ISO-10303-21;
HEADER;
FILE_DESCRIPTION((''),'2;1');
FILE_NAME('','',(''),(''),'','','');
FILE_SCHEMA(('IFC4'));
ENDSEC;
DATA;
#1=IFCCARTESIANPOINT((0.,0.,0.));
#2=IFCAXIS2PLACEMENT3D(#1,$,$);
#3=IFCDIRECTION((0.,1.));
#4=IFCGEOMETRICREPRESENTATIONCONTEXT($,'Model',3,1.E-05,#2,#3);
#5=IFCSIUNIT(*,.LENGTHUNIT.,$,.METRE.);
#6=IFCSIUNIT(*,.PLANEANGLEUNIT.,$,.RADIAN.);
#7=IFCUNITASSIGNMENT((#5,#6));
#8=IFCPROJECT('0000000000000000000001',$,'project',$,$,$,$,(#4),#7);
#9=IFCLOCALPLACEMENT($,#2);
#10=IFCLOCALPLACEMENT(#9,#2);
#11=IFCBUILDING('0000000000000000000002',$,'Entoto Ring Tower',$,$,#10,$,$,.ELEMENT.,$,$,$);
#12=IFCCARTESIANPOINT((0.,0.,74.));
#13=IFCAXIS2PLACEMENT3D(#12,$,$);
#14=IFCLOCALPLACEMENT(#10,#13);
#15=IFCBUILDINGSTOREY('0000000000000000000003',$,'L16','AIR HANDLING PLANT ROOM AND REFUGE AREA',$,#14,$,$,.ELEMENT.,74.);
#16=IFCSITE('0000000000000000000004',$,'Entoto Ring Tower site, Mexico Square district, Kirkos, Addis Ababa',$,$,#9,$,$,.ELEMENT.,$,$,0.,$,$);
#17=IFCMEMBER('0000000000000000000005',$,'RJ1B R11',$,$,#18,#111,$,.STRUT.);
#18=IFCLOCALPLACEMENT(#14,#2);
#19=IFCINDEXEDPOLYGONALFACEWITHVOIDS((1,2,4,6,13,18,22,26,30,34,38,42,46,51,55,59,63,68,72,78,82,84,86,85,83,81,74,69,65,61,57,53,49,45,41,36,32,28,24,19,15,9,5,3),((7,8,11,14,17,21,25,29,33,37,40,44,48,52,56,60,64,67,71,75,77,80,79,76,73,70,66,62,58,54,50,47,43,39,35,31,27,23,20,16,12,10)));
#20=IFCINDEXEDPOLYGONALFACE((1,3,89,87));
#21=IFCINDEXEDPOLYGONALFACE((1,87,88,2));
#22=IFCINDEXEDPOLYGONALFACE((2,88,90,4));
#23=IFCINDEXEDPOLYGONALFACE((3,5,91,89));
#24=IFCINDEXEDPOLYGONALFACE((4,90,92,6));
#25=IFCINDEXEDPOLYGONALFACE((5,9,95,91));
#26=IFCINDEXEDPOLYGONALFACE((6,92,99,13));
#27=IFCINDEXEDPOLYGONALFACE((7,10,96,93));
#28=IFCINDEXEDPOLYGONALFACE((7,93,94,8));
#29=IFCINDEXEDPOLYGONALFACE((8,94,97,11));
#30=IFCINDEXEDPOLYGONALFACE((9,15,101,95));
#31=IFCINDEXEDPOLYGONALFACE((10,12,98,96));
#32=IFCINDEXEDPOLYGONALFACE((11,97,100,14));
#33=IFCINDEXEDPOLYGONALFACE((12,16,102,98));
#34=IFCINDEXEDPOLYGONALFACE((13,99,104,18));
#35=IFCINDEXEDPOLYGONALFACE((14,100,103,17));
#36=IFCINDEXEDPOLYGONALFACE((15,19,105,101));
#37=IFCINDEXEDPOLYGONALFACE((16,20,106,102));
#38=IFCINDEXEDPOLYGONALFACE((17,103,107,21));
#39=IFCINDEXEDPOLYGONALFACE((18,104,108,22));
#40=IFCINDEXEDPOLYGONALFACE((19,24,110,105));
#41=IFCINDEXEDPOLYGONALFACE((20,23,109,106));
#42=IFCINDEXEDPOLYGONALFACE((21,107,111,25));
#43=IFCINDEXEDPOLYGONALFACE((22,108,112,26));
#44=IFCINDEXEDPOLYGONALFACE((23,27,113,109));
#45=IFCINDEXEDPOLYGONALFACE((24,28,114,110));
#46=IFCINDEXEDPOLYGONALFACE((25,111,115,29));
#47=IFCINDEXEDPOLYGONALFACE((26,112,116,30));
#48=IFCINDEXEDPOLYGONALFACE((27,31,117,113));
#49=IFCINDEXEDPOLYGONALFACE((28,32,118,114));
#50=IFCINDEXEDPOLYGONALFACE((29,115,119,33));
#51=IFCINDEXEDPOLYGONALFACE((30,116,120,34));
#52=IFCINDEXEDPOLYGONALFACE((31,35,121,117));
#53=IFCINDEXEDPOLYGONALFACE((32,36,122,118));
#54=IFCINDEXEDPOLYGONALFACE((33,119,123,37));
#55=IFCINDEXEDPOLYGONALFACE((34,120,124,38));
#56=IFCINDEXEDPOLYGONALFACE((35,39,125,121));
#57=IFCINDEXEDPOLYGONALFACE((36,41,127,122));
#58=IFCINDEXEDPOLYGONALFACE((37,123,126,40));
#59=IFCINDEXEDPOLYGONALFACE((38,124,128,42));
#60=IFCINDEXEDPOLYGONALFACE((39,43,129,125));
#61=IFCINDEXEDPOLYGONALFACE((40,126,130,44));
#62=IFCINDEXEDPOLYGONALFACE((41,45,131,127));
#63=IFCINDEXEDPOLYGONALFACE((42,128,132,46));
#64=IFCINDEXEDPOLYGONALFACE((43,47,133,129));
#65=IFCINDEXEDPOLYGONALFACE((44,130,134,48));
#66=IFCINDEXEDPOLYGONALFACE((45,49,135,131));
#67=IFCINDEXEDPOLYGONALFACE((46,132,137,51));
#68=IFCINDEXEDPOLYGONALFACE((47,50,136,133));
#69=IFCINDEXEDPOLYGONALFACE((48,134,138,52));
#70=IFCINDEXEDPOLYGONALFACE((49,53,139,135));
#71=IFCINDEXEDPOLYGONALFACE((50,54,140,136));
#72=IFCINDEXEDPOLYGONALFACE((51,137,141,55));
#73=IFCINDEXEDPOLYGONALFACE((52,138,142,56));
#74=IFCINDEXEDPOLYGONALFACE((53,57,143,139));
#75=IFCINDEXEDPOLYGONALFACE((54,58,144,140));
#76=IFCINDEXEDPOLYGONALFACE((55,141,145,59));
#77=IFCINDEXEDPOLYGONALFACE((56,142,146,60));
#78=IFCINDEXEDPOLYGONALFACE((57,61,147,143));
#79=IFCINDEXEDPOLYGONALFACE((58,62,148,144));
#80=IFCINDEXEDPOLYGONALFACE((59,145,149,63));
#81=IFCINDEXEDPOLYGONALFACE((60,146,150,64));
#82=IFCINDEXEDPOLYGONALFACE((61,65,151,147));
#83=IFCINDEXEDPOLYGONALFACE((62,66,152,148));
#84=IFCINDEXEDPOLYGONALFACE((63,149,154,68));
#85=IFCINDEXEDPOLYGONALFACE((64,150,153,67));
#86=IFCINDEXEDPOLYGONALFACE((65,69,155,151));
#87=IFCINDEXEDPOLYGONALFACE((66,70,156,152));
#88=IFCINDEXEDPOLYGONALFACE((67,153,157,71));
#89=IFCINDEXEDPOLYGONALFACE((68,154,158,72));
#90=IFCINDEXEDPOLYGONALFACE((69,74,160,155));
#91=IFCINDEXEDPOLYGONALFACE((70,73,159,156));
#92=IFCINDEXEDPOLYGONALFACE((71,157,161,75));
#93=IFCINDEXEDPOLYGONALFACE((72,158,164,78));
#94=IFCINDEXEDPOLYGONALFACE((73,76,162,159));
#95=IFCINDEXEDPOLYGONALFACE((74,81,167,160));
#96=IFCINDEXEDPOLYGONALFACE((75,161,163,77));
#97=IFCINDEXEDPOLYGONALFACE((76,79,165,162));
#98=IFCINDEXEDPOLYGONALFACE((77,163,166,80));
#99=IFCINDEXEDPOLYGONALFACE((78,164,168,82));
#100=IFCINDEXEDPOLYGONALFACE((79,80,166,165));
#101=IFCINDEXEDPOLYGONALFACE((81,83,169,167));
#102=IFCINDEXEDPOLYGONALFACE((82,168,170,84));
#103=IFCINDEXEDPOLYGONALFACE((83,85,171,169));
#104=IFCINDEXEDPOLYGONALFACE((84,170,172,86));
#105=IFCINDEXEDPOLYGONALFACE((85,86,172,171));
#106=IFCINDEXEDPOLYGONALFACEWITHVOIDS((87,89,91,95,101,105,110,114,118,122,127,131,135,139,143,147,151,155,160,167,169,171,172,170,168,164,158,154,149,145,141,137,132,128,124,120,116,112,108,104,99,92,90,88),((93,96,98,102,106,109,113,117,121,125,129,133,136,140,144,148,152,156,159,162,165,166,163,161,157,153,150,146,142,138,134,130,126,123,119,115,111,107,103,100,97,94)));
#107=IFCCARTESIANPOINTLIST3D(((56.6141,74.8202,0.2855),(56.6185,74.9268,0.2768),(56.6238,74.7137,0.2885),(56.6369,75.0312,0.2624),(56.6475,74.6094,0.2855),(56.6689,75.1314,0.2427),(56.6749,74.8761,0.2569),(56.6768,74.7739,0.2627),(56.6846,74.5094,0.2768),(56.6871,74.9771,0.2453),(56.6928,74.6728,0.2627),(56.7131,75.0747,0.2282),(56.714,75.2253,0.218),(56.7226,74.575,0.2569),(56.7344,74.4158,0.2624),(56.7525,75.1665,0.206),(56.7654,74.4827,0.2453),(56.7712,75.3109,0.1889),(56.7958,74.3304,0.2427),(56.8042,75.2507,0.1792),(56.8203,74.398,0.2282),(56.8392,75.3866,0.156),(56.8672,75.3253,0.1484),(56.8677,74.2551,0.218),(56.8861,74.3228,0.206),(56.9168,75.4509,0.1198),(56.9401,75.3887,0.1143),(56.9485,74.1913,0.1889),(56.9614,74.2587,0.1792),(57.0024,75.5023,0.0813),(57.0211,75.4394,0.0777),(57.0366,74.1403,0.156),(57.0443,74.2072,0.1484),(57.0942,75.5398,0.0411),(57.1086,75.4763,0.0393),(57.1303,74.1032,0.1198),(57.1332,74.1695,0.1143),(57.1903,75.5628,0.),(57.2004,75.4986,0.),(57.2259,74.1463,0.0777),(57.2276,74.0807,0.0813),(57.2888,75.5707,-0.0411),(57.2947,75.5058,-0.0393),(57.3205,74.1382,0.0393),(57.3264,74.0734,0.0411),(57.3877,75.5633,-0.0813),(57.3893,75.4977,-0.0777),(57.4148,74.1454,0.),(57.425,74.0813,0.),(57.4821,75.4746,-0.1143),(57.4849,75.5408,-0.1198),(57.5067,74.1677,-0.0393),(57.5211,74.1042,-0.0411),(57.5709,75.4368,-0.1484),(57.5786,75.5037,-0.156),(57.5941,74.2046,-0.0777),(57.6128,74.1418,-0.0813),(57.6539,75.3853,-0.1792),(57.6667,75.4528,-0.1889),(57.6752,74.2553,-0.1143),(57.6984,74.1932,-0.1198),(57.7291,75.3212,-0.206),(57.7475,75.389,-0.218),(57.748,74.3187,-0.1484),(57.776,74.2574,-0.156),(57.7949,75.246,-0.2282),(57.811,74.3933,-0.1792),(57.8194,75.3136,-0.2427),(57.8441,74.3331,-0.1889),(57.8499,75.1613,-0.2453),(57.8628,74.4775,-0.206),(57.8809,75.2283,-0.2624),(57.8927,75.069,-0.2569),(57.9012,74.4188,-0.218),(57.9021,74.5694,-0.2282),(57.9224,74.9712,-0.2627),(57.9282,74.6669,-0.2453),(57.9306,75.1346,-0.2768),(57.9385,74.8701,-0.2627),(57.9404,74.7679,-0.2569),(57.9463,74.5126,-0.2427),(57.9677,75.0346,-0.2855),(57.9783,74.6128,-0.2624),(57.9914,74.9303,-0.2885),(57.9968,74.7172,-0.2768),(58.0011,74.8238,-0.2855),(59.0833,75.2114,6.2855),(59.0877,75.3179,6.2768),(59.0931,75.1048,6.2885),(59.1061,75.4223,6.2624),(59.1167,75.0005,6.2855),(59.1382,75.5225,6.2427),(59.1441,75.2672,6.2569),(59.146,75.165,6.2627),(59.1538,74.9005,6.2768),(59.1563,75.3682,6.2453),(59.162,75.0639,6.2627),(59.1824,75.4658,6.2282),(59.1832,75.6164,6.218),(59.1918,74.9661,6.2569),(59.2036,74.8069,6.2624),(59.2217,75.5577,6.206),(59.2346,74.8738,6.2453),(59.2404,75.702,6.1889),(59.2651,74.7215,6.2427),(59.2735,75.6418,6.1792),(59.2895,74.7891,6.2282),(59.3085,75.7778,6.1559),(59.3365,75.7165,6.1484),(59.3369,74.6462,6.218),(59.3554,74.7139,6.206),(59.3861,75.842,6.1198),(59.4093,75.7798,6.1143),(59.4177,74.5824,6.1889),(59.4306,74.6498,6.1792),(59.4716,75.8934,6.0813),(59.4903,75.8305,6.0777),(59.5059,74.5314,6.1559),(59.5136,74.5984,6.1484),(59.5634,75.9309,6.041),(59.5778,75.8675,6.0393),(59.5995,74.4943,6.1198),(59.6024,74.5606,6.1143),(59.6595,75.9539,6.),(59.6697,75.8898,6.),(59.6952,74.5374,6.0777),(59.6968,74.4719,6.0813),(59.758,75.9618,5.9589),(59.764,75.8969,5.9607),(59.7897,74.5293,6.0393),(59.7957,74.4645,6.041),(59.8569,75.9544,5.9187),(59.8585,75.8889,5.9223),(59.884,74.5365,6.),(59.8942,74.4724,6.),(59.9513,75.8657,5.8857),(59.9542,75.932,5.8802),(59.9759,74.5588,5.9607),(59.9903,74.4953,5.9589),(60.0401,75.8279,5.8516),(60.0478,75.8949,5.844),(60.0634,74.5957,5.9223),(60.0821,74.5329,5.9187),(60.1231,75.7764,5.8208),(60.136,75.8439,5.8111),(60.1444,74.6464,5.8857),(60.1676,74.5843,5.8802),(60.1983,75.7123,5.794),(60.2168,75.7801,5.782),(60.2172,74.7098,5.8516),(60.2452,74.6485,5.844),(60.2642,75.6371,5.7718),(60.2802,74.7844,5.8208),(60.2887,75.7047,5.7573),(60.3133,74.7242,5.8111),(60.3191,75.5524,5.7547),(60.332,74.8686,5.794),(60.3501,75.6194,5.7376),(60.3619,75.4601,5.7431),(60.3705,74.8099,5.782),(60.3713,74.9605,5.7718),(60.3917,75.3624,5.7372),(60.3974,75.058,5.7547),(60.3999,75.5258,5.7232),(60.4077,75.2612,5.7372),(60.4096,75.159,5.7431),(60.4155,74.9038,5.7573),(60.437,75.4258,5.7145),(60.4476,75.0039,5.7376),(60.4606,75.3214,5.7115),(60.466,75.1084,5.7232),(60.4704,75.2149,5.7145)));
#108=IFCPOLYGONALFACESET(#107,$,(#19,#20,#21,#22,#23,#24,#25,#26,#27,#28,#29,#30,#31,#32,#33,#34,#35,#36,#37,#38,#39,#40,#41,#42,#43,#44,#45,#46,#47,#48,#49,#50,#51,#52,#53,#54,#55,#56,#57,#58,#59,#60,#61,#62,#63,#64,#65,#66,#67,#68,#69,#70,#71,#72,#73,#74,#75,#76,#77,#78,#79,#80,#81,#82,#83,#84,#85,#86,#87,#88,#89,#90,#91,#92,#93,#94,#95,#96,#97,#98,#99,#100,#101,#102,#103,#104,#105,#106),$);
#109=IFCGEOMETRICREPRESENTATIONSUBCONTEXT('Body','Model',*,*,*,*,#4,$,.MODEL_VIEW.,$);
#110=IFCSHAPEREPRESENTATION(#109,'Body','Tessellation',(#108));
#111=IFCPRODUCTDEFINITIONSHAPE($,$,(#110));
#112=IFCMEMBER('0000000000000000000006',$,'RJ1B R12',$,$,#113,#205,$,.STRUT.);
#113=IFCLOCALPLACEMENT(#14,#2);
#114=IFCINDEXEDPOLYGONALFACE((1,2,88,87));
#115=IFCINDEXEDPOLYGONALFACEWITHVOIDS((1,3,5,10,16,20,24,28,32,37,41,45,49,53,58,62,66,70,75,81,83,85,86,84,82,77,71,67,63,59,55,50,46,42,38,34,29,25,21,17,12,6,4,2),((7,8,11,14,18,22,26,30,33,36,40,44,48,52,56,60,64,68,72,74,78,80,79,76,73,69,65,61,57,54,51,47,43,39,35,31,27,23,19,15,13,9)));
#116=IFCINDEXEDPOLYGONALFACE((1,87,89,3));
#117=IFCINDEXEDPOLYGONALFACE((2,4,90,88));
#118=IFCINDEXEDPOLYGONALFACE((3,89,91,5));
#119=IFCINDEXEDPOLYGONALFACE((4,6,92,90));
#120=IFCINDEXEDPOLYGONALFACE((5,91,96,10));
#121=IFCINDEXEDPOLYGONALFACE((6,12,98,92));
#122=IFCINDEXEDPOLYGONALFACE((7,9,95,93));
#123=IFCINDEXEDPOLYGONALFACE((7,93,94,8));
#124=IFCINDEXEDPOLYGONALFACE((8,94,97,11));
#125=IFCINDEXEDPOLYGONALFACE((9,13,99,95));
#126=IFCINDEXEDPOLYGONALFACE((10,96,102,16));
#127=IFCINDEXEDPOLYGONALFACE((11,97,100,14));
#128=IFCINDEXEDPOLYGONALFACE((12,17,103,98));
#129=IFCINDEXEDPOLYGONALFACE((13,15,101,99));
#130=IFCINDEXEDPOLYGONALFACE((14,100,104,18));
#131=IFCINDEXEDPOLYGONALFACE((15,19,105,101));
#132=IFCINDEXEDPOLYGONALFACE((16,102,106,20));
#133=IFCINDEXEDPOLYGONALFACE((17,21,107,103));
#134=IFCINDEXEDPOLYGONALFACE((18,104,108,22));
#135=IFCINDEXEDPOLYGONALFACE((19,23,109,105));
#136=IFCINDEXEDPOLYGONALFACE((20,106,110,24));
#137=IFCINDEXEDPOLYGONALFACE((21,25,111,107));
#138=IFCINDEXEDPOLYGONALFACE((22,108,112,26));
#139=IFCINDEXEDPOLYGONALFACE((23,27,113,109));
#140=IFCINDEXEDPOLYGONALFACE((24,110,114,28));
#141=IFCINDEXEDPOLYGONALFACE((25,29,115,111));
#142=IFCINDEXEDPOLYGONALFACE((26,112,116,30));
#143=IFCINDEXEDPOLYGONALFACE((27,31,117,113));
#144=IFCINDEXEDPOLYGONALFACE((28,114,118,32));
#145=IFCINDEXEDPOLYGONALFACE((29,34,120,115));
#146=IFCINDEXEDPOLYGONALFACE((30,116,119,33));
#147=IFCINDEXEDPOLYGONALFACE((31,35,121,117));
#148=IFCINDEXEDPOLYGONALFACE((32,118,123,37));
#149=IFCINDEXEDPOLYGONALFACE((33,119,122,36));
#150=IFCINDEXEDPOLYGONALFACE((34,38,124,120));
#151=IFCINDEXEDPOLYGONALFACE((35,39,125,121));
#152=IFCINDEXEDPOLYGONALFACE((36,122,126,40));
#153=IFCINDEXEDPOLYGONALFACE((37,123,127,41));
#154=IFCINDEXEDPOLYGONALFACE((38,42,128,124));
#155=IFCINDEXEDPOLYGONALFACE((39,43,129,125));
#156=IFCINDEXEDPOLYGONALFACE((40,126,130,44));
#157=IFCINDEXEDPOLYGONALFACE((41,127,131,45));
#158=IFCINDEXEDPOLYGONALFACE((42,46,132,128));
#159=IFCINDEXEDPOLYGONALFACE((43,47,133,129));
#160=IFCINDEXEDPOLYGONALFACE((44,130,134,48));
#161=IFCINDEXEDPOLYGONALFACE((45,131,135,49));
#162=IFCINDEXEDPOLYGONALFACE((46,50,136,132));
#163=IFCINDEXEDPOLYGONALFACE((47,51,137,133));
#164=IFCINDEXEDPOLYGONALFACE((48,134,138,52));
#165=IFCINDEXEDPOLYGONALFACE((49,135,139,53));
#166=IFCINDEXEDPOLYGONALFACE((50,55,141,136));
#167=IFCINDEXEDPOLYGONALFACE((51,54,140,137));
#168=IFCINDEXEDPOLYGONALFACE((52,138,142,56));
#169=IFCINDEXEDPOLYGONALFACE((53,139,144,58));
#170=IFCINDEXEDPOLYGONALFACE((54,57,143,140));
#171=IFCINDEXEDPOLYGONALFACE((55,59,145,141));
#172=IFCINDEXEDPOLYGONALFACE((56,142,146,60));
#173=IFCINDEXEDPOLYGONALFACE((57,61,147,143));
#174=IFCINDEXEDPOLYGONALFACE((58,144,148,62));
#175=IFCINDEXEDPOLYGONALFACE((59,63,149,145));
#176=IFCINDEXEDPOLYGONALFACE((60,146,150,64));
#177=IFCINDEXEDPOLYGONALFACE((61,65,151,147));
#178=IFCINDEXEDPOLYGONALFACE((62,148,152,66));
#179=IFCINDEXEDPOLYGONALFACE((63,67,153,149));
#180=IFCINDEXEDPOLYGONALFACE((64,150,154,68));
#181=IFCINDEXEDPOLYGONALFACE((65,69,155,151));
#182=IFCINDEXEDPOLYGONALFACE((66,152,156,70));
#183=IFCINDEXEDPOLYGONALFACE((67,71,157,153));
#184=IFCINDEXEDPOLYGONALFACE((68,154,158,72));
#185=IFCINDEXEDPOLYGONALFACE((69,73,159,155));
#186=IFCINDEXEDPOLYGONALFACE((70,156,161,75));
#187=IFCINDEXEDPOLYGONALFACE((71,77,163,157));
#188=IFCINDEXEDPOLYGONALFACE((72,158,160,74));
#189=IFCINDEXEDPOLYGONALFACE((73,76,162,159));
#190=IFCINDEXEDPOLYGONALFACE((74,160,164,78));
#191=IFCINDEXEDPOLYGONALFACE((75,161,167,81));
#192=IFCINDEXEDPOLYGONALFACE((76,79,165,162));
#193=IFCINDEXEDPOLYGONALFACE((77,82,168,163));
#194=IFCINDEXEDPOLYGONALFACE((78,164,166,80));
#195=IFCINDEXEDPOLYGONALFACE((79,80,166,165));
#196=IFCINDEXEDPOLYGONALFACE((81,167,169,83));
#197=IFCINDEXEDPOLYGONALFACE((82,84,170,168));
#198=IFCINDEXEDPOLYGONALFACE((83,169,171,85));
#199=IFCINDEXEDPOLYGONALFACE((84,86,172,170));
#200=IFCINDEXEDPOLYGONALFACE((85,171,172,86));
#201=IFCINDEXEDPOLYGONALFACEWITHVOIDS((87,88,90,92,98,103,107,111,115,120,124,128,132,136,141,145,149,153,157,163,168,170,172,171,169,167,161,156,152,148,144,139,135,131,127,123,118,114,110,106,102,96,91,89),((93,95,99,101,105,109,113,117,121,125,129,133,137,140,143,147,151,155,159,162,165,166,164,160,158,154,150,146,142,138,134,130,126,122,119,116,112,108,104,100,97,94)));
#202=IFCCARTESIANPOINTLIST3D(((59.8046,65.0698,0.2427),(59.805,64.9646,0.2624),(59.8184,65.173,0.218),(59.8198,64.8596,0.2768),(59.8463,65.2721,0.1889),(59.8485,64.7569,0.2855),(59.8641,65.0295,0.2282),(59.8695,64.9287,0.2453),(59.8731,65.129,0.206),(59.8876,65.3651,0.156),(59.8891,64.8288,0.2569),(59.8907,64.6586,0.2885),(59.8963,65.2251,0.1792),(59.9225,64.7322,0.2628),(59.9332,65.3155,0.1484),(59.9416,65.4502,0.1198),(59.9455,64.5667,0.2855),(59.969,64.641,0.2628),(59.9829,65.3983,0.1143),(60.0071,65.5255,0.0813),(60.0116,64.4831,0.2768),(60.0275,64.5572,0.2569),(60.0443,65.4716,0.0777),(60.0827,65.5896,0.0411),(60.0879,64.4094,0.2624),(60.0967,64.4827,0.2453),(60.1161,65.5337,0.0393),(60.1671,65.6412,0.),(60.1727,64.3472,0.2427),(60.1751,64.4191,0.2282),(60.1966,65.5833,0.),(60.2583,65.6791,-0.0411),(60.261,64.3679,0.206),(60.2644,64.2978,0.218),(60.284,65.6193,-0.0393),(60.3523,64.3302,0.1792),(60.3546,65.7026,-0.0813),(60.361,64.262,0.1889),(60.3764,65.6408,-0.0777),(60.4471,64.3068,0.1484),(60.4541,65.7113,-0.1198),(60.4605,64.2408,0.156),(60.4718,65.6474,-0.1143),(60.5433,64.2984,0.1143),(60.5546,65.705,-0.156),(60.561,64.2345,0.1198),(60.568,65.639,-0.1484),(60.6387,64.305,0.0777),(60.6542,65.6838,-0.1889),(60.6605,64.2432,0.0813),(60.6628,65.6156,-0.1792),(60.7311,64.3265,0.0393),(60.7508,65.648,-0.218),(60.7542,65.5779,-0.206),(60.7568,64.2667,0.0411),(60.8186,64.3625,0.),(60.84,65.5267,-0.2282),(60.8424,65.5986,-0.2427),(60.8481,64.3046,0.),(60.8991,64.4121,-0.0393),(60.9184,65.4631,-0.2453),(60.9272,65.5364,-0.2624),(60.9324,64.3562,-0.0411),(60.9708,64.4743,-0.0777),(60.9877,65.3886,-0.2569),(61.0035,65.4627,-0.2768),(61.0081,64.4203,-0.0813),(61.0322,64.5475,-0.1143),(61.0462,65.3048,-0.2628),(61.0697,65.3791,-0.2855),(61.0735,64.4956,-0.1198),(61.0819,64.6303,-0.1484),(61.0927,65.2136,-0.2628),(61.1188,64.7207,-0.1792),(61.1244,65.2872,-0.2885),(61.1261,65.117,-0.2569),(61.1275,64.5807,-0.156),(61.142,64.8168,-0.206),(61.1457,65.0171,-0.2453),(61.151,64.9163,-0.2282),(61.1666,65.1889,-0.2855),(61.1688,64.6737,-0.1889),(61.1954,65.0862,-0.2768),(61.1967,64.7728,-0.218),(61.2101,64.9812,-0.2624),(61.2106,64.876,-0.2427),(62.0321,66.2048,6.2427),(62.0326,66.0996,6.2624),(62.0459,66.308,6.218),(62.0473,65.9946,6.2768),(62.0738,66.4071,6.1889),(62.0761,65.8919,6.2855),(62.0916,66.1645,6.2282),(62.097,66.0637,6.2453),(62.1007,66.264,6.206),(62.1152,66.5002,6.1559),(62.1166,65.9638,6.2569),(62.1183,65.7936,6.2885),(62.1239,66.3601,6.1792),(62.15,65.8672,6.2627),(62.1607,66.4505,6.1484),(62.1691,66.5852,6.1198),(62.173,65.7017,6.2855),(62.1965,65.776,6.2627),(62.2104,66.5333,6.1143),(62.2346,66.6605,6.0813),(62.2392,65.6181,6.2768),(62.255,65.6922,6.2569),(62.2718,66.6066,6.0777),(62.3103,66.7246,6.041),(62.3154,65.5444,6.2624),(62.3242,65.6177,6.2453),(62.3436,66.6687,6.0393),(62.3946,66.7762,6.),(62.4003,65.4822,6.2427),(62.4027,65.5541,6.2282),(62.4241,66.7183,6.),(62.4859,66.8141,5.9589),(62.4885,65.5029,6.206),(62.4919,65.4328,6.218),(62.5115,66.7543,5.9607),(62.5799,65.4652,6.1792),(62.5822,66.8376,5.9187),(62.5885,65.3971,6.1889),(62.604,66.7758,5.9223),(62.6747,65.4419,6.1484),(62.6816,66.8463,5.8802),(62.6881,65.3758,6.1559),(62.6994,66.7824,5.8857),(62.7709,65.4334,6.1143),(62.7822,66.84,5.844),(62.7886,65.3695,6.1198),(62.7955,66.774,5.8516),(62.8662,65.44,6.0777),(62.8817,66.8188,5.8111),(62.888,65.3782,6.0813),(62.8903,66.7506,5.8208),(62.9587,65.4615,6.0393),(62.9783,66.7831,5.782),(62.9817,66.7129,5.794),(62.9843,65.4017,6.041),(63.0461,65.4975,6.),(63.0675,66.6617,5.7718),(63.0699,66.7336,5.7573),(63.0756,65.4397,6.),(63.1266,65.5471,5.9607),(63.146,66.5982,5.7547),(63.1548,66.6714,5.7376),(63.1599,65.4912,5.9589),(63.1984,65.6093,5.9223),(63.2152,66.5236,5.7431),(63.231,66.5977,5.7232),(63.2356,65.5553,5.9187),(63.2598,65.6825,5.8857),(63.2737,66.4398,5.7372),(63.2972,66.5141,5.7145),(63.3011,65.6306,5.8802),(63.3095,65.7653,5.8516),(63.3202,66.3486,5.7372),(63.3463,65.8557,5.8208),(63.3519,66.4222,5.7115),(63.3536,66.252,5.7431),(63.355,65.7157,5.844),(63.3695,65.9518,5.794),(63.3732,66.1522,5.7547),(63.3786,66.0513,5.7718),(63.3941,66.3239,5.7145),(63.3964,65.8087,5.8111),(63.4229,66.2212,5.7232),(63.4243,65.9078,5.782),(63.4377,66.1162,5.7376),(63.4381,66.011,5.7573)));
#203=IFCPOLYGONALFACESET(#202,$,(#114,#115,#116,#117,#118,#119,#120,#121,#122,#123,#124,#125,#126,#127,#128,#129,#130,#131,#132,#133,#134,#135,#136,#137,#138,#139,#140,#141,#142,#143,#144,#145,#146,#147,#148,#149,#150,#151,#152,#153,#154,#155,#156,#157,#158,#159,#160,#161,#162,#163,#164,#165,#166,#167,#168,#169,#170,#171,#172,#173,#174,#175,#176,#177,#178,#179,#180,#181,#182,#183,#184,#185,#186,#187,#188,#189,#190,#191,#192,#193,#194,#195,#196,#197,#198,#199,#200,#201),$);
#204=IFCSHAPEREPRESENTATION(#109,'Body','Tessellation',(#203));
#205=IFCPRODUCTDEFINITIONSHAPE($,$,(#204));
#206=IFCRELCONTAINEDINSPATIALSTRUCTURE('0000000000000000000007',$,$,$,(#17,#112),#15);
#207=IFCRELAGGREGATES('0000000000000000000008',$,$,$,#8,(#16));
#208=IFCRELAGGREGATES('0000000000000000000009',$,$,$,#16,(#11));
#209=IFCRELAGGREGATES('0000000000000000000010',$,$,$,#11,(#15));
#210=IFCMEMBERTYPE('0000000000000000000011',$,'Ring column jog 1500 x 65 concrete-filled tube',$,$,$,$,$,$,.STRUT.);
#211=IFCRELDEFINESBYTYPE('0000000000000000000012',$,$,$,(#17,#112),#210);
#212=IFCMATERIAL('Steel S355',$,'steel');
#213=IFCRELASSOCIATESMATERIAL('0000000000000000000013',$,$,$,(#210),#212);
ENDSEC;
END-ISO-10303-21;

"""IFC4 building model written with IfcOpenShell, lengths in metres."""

from ifc_helpers import new_model, si_unit, direction, frame, origin, origin_2d, place, context, subcontext, project, spatial, circle, hollow_circle, extrude, material, material_profile, profile_set, type_object, element, save


model = new_model("IFC4")

# Units and contexts
model_context = context("Model", 3, precision=1e-05, world=origin(), true_north=direction((0.0, 1.0)))
body_context = subcontext(model_context, "Body", "Model", "MODEL_VIEW")
ifc_project = project(units=[si_unit("LENGTHUNIT", "METRE"), si_unit("PLANEANGLEUNIT", "RADIAN")], contexts=[model_context])

# Site, building, storey
site_placement = place(None, origin())
site = spatial("IfcSite", under=ifc_project, at=site_placement, Name="Entoto Ring Tower site, Mexico Square district, Kirkos, Addis Ababa", CompositionType="ELEMENT", RefElevation=0.0)
building_placement = place(site_placement, origin())
building = spatial("IfcBuilding", under=site, at=building_placement, Name="Entoto Ring Tower", CompositionType="ELEMENT")
storey_placement = place(building_placement, frame((0.0, 0.0, 74.0)))
storey = spatial("IfcBuildingStorey", under=building, at=storey_placement, Name="L16", Description="AIR HANDLING PLANT ROOM AND REFUGE AREA", CompositionType="ELEMENT", Elevation=74.0)

# Members
ifc_material_1 = material(Name="Steel S355", Category="steel")
ifc_material_profile_1 = material_profile(ifc_material_1, hollow_circle(Radius=0.75, WallThickness=0.0649, at=origin_2d()), Name="CHS 1500 x 65")
ifc_material_2 = material(Name="Concrete C60/75", Category="concrete")
ifc_material_profile_2 = material_profile(ifc_material_2, circle(Radius=0.6851, at=origin_2d()), Name="Concrete C60/75 infill")
ifc_profile_set_1 = profile_set([ifc_material_profile_1, ifc_material_profile_2], Name="Steel S355")
member_type_1 = type_object("IfcMemberType", Name="Ring column jog 1500 x 65 concrete-filled tube", PredefinedType="STRUT", material=ifc_profile_set_1)
for number, where, z_axis, x_axis, name in (
    (1, (57.3076, 74.822, 0.0), (0.379882, 0.060171, 0.923076), (-0.156444, 0.987687, 0.0), "RJ1B R11"),
    (2, (60.5076, 64.9729, 0.0), (0.342698, 0.174617, 0.923075), (-0.453997, 0.891003, 0.0), "RJ1B R12"),
):
    element("IfcMember", number, at=place(storey_placement, frame(where, z_axis=z_axis, x_axis=x_axis)), inside=storey, type_object=member_type_1, Name=name, PredefinedType="STRUT", context=body_context, shape_type="SweptSolid", body=[
        extrude(hollow_circle(Radius=0.75, WallThickness=0.0649, at=origin_2d()), origin(), (0.0, 0.0, 1.0), 6.5),
    ])

save(model, "model.ifc")
